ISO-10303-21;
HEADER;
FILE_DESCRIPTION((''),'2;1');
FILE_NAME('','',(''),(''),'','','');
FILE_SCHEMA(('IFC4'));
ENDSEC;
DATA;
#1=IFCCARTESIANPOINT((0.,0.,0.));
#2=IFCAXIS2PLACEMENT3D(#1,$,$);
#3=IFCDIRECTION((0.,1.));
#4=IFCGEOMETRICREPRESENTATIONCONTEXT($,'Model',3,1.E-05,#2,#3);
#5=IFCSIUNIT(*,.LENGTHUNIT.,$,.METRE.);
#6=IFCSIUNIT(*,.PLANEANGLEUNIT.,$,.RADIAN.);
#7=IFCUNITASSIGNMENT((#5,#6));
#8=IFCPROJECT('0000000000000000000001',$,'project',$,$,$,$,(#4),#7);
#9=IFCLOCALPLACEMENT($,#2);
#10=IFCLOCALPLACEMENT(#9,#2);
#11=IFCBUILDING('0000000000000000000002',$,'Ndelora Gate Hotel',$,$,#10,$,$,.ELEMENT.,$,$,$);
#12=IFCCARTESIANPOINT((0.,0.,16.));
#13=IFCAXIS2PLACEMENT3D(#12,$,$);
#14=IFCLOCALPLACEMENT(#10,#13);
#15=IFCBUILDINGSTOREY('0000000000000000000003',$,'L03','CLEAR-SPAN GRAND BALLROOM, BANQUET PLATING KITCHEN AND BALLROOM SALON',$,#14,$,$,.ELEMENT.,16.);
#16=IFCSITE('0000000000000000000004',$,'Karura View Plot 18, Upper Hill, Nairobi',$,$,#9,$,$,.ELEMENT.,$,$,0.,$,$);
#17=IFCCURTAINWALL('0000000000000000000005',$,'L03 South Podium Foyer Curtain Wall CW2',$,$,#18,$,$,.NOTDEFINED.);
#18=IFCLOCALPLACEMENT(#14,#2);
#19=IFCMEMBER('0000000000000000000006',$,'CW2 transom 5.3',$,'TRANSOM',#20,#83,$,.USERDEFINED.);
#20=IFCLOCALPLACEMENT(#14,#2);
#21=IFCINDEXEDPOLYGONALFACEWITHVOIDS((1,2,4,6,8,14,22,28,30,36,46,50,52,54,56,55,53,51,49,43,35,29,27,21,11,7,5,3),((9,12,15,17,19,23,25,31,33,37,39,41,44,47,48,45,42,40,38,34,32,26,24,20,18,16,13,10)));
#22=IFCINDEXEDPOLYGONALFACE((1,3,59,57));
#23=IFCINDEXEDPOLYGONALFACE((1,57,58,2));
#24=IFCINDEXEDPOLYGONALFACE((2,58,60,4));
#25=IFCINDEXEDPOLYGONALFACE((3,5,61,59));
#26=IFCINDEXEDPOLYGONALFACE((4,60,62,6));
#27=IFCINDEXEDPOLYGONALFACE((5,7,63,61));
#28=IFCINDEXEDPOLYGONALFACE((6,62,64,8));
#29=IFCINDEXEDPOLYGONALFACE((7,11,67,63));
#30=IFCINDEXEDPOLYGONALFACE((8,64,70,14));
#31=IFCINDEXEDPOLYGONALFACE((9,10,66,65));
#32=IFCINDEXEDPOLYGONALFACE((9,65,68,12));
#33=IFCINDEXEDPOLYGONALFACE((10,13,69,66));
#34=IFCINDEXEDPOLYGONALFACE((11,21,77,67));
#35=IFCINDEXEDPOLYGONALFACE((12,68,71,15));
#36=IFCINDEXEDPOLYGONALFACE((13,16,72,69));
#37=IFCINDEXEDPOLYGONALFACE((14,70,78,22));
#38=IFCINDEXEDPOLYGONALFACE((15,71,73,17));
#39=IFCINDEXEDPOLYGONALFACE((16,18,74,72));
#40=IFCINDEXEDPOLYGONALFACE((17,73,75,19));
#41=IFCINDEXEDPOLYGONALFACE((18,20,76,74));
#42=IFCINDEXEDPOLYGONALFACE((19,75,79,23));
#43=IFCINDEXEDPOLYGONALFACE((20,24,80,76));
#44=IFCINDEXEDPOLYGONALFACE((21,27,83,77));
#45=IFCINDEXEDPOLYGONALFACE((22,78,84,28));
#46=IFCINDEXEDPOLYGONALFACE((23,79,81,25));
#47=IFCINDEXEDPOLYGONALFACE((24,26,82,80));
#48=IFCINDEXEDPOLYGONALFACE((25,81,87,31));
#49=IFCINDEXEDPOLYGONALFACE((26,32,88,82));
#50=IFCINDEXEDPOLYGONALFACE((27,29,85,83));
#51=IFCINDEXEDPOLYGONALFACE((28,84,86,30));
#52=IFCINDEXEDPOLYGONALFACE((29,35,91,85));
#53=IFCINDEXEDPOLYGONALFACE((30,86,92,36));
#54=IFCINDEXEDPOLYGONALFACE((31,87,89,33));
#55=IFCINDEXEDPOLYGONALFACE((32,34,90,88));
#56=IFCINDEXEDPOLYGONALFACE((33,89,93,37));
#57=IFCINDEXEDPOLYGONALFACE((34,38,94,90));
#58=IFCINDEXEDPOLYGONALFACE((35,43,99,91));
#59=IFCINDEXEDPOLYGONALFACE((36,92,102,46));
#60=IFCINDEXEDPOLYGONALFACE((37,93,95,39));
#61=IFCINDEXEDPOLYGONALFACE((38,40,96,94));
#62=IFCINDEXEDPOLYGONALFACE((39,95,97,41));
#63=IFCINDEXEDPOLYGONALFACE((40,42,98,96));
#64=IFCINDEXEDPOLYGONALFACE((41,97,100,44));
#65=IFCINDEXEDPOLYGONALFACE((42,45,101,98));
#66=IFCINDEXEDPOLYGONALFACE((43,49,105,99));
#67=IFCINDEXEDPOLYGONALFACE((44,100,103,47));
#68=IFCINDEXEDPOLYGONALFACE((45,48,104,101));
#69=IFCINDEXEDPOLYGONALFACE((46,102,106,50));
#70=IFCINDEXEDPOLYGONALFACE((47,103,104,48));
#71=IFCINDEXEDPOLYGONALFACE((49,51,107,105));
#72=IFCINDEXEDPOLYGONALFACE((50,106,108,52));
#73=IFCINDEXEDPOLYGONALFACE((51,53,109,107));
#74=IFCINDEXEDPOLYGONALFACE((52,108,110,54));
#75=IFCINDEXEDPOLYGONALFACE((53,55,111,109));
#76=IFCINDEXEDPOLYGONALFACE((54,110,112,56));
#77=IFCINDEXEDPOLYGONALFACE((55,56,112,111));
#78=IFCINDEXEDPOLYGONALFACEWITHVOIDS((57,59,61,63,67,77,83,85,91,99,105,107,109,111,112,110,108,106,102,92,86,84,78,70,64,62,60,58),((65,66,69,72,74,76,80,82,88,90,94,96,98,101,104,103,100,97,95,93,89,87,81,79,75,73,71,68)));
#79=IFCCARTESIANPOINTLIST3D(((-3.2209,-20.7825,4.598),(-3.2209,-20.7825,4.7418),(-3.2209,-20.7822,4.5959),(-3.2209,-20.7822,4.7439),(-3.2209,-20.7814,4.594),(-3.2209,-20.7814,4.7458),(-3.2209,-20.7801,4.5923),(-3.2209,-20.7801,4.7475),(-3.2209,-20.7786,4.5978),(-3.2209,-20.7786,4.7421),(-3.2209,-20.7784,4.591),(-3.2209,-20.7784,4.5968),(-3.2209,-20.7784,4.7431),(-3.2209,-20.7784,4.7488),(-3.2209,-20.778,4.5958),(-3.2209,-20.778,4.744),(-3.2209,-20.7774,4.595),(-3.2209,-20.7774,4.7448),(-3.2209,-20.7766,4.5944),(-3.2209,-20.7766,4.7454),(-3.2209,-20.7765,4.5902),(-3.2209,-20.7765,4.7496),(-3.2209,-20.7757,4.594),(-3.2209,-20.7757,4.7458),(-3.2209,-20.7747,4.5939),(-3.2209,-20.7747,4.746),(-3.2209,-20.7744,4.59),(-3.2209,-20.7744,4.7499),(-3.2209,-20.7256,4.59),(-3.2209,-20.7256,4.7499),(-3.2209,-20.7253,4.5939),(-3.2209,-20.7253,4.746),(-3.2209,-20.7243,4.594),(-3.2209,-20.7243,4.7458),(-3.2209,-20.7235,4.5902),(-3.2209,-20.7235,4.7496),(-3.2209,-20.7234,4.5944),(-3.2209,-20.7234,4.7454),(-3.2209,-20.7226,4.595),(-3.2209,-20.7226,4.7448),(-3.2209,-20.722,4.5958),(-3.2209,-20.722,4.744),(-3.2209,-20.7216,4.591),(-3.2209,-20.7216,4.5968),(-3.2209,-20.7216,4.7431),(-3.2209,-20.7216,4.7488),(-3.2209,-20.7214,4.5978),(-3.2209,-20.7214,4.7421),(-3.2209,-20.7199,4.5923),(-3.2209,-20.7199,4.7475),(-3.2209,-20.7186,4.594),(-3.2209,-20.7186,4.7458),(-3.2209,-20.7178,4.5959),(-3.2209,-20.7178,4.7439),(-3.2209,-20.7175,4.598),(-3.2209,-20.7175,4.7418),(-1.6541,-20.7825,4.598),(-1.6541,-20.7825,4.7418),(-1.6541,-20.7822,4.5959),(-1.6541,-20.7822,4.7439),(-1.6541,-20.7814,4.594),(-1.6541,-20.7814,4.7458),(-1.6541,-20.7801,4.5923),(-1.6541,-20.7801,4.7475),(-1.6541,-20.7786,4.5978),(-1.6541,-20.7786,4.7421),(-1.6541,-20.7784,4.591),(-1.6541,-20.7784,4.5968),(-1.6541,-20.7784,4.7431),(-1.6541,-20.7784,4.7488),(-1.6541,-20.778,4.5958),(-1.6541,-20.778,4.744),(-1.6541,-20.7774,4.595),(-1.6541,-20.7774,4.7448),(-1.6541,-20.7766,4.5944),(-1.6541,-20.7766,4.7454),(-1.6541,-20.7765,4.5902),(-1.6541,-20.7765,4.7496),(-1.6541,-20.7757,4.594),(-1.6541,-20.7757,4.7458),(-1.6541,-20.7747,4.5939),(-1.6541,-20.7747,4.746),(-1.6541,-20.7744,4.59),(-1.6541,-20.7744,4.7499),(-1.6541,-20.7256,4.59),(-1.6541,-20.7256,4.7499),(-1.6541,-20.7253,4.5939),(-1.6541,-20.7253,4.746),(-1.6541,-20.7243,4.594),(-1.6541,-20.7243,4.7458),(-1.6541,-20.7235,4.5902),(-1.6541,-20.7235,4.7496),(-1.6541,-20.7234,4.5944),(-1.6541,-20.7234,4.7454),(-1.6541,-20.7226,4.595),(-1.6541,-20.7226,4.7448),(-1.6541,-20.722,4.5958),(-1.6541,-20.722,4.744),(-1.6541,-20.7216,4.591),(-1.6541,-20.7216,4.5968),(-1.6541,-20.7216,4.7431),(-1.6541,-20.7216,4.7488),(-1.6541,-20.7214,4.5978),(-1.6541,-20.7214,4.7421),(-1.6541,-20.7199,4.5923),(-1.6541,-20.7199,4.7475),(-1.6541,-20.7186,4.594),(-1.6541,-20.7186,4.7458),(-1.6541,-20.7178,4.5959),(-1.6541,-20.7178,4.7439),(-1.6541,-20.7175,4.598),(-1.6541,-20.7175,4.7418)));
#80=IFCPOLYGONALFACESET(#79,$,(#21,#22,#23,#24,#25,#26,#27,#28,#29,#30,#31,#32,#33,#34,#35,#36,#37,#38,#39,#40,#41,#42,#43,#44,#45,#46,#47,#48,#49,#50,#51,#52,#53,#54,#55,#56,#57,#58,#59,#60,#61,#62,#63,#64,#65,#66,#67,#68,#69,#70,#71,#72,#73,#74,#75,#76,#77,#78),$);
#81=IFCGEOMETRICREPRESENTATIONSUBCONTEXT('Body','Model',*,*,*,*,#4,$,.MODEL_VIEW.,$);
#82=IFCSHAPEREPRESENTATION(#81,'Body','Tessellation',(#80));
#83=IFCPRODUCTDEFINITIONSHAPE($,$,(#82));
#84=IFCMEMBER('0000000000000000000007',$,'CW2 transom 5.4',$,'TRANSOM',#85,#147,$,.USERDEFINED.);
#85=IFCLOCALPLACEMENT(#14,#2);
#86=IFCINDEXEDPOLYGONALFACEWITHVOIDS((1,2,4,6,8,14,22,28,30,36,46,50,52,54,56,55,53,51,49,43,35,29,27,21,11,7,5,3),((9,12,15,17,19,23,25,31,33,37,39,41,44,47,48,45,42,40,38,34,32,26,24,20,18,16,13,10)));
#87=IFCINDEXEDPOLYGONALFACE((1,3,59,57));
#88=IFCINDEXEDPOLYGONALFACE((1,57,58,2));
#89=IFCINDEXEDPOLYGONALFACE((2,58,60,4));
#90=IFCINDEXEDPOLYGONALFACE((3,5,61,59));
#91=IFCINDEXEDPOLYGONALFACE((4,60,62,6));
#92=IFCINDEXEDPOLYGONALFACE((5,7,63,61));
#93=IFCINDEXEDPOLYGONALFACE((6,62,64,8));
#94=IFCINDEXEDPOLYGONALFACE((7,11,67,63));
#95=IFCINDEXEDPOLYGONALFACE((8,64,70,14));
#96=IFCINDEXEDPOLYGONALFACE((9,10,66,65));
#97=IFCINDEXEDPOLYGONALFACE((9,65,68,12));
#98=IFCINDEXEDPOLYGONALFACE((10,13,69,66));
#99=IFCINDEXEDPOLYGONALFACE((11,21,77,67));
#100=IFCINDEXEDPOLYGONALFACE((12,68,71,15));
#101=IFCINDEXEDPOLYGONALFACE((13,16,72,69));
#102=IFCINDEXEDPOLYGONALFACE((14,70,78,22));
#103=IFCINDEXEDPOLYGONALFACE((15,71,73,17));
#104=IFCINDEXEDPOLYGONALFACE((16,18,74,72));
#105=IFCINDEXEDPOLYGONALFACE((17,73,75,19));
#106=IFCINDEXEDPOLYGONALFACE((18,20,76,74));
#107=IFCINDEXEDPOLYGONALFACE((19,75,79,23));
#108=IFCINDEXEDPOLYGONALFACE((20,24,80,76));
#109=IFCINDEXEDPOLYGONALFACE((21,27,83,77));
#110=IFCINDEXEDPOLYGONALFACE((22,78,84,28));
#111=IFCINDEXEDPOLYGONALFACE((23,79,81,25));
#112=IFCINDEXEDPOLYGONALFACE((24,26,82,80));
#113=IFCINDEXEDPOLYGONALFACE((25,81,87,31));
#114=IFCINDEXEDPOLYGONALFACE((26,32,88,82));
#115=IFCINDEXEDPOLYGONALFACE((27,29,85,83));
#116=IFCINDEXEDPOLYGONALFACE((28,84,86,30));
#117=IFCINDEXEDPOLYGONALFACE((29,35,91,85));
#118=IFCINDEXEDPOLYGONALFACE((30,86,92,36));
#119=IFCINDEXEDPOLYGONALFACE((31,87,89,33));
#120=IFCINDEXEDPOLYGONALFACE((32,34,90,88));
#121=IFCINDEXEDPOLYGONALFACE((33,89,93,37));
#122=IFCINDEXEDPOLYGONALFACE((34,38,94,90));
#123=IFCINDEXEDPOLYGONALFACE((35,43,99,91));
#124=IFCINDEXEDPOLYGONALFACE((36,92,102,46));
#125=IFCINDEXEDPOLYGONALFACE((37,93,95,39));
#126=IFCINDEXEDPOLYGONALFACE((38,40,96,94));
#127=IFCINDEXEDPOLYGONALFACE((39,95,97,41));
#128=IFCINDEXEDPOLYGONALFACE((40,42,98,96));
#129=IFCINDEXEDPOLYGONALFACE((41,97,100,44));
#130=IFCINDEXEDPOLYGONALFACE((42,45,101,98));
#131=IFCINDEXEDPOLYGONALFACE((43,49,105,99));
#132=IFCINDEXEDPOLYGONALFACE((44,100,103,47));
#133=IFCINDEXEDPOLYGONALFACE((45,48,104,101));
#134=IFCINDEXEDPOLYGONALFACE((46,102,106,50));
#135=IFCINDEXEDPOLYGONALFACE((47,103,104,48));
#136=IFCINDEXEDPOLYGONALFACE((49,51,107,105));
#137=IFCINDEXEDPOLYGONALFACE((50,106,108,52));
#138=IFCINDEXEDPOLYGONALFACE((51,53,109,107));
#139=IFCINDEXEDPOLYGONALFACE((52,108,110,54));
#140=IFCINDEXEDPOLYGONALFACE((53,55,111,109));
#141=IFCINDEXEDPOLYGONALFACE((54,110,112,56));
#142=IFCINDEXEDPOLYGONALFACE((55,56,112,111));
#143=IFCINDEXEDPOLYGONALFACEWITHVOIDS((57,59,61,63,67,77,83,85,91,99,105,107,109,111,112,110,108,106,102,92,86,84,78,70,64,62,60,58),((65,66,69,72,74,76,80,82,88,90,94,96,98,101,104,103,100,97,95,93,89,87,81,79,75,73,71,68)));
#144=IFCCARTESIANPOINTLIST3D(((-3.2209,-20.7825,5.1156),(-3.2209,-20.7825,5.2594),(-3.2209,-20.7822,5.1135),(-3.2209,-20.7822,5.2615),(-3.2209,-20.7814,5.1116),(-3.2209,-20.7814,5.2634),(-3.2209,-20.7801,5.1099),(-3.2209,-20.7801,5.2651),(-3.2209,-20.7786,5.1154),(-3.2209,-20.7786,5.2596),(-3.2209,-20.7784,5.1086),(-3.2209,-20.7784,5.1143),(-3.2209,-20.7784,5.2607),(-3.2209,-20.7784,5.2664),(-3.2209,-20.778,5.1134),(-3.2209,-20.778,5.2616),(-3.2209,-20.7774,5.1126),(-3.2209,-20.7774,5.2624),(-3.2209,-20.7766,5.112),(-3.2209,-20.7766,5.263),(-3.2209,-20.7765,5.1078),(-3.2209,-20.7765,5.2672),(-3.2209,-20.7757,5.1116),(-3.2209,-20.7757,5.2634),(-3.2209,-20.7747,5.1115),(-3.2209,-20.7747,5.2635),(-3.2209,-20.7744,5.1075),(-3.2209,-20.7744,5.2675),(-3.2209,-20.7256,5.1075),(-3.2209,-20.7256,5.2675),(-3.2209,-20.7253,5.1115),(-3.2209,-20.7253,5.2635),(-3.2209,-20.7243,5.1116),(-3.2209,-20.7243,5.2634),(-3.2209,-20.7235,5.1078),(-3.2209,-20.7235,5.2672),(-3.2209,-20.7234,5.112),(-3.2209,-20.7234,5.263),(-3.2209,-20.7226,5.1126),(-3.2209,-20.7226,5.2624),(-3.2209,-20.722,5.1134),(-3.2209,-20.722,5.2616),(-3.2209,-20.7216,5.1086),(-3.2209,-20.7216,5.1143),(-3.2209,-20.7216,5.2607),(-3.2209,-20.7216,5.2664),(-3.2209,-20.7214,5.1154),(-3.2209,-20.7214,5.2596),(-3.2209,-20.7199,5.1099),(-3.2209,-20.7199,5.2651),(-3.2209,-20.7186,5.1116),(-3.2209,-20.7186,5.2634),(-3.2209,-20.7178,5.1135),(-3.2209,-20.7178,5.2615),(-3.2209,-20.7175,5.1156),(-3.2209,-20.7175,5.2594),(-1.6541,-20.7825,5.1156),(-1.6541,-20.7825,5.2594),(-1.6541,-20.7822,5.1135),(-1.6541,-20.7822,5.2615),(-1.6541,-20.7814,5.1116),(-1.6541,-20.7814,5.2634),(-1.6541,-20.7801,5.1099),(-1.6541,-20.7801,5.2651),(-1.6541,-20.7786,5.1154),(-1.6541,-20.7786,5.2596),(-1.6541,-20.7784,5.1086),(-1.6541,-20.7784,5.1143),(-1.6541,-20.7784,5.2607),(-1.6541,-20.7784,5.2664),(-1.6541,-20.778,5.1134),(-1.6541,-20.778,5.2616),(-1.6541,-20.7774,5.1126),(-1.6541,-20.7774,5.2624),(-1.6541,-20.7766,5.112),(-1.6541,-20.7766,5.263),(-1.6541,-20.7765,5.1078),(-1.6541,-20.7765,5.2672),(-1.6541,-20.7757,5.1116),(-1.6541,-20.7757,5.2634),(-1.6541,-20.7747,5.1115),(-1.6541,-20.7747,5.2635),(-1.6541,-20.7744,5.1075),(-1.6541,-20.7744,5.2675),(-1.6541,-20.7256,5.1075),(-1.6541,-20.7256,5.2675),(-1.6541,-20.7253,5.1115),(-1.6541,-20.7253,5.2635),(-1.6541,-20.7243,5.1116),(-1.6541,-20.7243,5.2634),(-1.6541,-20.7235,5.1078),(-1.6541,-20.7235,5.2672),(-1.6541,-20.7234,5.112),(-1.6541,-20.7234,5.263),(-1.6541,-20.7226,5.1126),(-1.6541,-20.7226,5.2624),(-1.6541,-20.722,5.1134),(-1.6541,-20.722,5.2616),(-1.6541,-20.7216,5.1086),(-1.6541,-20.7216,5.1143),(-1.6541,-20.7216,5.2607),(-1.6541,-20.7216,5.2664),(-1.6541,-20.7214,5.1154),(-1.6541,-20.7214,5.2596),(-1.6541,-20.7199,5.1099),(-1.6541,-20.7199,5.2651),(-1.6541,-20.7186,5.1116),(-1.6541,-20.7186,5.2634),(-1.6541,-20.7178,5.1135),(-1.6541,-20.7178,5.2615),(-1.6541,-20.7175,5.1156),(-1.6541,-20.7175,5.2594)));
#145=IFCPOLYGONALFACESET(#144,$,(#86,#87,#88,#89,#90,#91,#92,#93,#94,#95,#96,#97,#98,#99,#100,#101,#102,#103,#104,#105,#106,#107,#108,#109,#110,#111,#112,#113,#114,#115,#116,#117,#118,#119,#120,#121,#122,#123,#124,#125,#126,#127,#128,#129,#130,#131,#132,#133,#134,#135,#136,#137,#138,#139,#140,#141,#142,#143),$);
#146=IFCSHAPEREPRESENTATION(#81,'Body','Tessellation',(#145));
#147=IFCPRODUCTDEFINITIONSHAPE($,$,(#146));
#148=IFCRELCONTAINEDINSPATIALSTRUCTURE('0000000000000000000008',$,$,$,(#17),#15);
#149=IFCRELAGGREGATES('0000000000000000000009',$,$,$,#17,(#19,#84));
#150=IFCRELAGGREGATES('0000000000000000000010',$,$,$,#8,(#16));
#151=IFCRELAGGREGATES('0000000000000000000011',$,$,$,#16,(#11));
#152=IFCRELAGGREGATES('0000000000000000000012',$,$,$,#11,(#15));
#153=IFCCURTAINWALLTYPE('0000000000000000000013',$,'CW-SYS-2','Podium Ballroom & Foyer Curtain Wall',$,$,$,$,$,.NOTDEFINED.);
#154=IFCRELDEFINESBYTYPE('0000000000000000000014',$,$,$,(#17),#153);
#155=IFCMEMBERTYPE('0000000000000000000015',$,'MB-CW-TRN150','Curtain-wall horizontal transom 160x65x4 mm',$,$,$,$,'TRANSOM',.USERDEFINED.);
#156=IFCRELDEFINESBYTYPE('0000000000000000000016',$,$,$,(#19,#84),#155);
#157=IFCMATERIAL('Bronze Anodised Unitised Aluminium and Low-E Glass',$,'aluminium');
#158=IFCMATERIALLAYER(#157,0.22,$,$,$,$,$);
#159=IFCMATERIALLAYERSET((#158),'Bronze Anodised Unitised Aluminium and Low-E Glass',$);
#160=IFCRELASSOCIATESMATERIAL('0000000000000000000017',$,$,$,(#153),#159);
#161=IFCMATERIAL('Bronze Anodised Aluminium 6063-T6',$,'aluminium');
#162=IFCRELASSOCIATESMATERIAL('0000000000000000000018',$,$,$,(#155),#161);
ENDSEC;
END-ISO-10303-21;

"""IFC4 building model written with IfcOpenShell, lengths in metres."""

from ifc_helpers import new_model, si_unit, direction, frame, origin, origin_2d, place, context, subcontext, project, spatial, hollow_rectangle, extrude, material, layer, layer_set, material_profile, profile_set, type_object, element, aggregate, save


model = new_model("IFC4")

# Units and contexts
model_context = context("Model", 3, precision=1e-05, world=origin(), true_north=direction((0.0, 1.0)))
body_context = subcontext(model_context, "Body", "Model", "MODEL_VIEW")
ifc_project = project(units=[si_unit("LENGTHUNIT", "METRE"), si_unit("PLANEANGLEUNIT", "RADIAN")], contexts=[model_context])

# Site, building, storey
site_placement = place(None, origin())
site = spatial("IfcSite", under=ifc_project, at=site_placement, Name="Karura View Plot 18, Upper Hill, Nairobi", CompositionType="ELEMENT", RefElevation=0.0)
building_placement = place(site_placement, origin())
building = spatial("IfcBuilding", under=site, at=building_placement, Name="Ndelora Gate Hotel", CompositionType="ELEMENT")
storey_placement = place(building_placement, frame((0.0, 0.0, 16.0)))
storey = spatial("IfcBuildingStorey", under=building, at=storey_placement, Name="L03", Description="CLEAR-SPAN GRAND BALLROOM, BANQUET PLATING KITCHEN AND BALLROOM SALON", CompositionType="ELEMENT", Elevation=16.0)

# Curtain wall, members
ifc_material_1 = material(Name="Bronze Anodised Unitised Aluminium and Low-E Glass", Category="aluminium")
ifc_layer_1 = layer(ifc_material_1, 0.22)
ifc_layer_set_1 = layer_set([ifc_layer_1], Name="Bronze Anodised Unitised Aluminium and Low-E Glass")
curtain_wall_type = type_object("IfcCurtainWallType", Name="CW-SYS-2", Description="Podium Ballroom & Foyer Curtain Wall", PredefinedType="NOTDEFINED", material=ifc_layer_set_1)
curtain_wall_placement = place(storey_placement, origin())
curtain_wall = element("IfcCurtainWall", 1, at=curtain_wall_placement, inside=storey, type_object=curtain_wall_type, Name="L03 South Podium Foyer Curtain Wall CW2", PredefinedType="NOTDEFINED")
ifc_material_2 = material(Name="Bronze Anodised Aluminium 6063-T6", Category="aluminium")
ifc_material_profile_1 = material_profile(ifc_material_2, hollow_rectangle(XDim=0.0649, YDim=0.1599, WallThickness=0.0039, InnerFilletRadius=0.0039, OuterFilletRadius=0.0081, at=origin_2d()), Name="ALU 160x65x4")
ifc_profile_set_1 = profile_set([ifc_material_profile_1], Name="Bronze Anodised Aluminium 6063-T6")
member_type_1 = type_object("IfcMemberType", Name="MB-CW-TRN150", Description="Curtain-wall horizontal transom 160x65x4 mm", ElementType="TRANSOM", PredefinedType="USERDEFINED", material=ifc_profile_set_1)
member_1_placement = place(storey_placement, frame((-3.2209, -20.75, 4.6699), z_axis=(1.0, 0.0, 0.0), x_axis=(0.0, 1.0, 0.0)))
member_1 = element("IfcMember", 2, at=member_1_placement, type_object=member_type_1, Name="CW2 transom 5.3", ObjectType="TRANSOM", PredefinedType="USERDEFINED", context=body_context, shape_type="SweptSolid", body=[
    extrude(hollow_rectangle(XDim=0.0649, YDim=0.1599, WallThickness=0.0039, InnerFilletRadius=0.0039, OuterFilletRadius=0.0081, at=origin_2d()), origin(), (0.0, 0.0, 1.0), 1.5669),
])
member_2_placement = place(storey_placement, frame((-3.2209, -20.75, 5.1875), z_axis=(1.0, 0.0, 0.0), x_axis=(0.0, 1.0, 0.0)))
member_2 = element("IfcMember", 3, at=member_2_placement, type_object=member_type_1, Name="CW2 transom 5.4", ObjectType="TRANSOM", PredefinedType="USERDEFINED", context=body_context, shape_type="SweptSolid", body=[
    extrude(hollow_rectangle(XDim=0.0649, YDim=0.1599, WallThickness=0.0039, InnerFilletRadius=0.0039, OuterFilletRadius=0.0081, at=origin_2d()), origin(), (0.0, 0.0, 1.0), 1.5669),
])
aggregate(curtain_wall, [member_1, member_2])

save(model, "model.ifc")
